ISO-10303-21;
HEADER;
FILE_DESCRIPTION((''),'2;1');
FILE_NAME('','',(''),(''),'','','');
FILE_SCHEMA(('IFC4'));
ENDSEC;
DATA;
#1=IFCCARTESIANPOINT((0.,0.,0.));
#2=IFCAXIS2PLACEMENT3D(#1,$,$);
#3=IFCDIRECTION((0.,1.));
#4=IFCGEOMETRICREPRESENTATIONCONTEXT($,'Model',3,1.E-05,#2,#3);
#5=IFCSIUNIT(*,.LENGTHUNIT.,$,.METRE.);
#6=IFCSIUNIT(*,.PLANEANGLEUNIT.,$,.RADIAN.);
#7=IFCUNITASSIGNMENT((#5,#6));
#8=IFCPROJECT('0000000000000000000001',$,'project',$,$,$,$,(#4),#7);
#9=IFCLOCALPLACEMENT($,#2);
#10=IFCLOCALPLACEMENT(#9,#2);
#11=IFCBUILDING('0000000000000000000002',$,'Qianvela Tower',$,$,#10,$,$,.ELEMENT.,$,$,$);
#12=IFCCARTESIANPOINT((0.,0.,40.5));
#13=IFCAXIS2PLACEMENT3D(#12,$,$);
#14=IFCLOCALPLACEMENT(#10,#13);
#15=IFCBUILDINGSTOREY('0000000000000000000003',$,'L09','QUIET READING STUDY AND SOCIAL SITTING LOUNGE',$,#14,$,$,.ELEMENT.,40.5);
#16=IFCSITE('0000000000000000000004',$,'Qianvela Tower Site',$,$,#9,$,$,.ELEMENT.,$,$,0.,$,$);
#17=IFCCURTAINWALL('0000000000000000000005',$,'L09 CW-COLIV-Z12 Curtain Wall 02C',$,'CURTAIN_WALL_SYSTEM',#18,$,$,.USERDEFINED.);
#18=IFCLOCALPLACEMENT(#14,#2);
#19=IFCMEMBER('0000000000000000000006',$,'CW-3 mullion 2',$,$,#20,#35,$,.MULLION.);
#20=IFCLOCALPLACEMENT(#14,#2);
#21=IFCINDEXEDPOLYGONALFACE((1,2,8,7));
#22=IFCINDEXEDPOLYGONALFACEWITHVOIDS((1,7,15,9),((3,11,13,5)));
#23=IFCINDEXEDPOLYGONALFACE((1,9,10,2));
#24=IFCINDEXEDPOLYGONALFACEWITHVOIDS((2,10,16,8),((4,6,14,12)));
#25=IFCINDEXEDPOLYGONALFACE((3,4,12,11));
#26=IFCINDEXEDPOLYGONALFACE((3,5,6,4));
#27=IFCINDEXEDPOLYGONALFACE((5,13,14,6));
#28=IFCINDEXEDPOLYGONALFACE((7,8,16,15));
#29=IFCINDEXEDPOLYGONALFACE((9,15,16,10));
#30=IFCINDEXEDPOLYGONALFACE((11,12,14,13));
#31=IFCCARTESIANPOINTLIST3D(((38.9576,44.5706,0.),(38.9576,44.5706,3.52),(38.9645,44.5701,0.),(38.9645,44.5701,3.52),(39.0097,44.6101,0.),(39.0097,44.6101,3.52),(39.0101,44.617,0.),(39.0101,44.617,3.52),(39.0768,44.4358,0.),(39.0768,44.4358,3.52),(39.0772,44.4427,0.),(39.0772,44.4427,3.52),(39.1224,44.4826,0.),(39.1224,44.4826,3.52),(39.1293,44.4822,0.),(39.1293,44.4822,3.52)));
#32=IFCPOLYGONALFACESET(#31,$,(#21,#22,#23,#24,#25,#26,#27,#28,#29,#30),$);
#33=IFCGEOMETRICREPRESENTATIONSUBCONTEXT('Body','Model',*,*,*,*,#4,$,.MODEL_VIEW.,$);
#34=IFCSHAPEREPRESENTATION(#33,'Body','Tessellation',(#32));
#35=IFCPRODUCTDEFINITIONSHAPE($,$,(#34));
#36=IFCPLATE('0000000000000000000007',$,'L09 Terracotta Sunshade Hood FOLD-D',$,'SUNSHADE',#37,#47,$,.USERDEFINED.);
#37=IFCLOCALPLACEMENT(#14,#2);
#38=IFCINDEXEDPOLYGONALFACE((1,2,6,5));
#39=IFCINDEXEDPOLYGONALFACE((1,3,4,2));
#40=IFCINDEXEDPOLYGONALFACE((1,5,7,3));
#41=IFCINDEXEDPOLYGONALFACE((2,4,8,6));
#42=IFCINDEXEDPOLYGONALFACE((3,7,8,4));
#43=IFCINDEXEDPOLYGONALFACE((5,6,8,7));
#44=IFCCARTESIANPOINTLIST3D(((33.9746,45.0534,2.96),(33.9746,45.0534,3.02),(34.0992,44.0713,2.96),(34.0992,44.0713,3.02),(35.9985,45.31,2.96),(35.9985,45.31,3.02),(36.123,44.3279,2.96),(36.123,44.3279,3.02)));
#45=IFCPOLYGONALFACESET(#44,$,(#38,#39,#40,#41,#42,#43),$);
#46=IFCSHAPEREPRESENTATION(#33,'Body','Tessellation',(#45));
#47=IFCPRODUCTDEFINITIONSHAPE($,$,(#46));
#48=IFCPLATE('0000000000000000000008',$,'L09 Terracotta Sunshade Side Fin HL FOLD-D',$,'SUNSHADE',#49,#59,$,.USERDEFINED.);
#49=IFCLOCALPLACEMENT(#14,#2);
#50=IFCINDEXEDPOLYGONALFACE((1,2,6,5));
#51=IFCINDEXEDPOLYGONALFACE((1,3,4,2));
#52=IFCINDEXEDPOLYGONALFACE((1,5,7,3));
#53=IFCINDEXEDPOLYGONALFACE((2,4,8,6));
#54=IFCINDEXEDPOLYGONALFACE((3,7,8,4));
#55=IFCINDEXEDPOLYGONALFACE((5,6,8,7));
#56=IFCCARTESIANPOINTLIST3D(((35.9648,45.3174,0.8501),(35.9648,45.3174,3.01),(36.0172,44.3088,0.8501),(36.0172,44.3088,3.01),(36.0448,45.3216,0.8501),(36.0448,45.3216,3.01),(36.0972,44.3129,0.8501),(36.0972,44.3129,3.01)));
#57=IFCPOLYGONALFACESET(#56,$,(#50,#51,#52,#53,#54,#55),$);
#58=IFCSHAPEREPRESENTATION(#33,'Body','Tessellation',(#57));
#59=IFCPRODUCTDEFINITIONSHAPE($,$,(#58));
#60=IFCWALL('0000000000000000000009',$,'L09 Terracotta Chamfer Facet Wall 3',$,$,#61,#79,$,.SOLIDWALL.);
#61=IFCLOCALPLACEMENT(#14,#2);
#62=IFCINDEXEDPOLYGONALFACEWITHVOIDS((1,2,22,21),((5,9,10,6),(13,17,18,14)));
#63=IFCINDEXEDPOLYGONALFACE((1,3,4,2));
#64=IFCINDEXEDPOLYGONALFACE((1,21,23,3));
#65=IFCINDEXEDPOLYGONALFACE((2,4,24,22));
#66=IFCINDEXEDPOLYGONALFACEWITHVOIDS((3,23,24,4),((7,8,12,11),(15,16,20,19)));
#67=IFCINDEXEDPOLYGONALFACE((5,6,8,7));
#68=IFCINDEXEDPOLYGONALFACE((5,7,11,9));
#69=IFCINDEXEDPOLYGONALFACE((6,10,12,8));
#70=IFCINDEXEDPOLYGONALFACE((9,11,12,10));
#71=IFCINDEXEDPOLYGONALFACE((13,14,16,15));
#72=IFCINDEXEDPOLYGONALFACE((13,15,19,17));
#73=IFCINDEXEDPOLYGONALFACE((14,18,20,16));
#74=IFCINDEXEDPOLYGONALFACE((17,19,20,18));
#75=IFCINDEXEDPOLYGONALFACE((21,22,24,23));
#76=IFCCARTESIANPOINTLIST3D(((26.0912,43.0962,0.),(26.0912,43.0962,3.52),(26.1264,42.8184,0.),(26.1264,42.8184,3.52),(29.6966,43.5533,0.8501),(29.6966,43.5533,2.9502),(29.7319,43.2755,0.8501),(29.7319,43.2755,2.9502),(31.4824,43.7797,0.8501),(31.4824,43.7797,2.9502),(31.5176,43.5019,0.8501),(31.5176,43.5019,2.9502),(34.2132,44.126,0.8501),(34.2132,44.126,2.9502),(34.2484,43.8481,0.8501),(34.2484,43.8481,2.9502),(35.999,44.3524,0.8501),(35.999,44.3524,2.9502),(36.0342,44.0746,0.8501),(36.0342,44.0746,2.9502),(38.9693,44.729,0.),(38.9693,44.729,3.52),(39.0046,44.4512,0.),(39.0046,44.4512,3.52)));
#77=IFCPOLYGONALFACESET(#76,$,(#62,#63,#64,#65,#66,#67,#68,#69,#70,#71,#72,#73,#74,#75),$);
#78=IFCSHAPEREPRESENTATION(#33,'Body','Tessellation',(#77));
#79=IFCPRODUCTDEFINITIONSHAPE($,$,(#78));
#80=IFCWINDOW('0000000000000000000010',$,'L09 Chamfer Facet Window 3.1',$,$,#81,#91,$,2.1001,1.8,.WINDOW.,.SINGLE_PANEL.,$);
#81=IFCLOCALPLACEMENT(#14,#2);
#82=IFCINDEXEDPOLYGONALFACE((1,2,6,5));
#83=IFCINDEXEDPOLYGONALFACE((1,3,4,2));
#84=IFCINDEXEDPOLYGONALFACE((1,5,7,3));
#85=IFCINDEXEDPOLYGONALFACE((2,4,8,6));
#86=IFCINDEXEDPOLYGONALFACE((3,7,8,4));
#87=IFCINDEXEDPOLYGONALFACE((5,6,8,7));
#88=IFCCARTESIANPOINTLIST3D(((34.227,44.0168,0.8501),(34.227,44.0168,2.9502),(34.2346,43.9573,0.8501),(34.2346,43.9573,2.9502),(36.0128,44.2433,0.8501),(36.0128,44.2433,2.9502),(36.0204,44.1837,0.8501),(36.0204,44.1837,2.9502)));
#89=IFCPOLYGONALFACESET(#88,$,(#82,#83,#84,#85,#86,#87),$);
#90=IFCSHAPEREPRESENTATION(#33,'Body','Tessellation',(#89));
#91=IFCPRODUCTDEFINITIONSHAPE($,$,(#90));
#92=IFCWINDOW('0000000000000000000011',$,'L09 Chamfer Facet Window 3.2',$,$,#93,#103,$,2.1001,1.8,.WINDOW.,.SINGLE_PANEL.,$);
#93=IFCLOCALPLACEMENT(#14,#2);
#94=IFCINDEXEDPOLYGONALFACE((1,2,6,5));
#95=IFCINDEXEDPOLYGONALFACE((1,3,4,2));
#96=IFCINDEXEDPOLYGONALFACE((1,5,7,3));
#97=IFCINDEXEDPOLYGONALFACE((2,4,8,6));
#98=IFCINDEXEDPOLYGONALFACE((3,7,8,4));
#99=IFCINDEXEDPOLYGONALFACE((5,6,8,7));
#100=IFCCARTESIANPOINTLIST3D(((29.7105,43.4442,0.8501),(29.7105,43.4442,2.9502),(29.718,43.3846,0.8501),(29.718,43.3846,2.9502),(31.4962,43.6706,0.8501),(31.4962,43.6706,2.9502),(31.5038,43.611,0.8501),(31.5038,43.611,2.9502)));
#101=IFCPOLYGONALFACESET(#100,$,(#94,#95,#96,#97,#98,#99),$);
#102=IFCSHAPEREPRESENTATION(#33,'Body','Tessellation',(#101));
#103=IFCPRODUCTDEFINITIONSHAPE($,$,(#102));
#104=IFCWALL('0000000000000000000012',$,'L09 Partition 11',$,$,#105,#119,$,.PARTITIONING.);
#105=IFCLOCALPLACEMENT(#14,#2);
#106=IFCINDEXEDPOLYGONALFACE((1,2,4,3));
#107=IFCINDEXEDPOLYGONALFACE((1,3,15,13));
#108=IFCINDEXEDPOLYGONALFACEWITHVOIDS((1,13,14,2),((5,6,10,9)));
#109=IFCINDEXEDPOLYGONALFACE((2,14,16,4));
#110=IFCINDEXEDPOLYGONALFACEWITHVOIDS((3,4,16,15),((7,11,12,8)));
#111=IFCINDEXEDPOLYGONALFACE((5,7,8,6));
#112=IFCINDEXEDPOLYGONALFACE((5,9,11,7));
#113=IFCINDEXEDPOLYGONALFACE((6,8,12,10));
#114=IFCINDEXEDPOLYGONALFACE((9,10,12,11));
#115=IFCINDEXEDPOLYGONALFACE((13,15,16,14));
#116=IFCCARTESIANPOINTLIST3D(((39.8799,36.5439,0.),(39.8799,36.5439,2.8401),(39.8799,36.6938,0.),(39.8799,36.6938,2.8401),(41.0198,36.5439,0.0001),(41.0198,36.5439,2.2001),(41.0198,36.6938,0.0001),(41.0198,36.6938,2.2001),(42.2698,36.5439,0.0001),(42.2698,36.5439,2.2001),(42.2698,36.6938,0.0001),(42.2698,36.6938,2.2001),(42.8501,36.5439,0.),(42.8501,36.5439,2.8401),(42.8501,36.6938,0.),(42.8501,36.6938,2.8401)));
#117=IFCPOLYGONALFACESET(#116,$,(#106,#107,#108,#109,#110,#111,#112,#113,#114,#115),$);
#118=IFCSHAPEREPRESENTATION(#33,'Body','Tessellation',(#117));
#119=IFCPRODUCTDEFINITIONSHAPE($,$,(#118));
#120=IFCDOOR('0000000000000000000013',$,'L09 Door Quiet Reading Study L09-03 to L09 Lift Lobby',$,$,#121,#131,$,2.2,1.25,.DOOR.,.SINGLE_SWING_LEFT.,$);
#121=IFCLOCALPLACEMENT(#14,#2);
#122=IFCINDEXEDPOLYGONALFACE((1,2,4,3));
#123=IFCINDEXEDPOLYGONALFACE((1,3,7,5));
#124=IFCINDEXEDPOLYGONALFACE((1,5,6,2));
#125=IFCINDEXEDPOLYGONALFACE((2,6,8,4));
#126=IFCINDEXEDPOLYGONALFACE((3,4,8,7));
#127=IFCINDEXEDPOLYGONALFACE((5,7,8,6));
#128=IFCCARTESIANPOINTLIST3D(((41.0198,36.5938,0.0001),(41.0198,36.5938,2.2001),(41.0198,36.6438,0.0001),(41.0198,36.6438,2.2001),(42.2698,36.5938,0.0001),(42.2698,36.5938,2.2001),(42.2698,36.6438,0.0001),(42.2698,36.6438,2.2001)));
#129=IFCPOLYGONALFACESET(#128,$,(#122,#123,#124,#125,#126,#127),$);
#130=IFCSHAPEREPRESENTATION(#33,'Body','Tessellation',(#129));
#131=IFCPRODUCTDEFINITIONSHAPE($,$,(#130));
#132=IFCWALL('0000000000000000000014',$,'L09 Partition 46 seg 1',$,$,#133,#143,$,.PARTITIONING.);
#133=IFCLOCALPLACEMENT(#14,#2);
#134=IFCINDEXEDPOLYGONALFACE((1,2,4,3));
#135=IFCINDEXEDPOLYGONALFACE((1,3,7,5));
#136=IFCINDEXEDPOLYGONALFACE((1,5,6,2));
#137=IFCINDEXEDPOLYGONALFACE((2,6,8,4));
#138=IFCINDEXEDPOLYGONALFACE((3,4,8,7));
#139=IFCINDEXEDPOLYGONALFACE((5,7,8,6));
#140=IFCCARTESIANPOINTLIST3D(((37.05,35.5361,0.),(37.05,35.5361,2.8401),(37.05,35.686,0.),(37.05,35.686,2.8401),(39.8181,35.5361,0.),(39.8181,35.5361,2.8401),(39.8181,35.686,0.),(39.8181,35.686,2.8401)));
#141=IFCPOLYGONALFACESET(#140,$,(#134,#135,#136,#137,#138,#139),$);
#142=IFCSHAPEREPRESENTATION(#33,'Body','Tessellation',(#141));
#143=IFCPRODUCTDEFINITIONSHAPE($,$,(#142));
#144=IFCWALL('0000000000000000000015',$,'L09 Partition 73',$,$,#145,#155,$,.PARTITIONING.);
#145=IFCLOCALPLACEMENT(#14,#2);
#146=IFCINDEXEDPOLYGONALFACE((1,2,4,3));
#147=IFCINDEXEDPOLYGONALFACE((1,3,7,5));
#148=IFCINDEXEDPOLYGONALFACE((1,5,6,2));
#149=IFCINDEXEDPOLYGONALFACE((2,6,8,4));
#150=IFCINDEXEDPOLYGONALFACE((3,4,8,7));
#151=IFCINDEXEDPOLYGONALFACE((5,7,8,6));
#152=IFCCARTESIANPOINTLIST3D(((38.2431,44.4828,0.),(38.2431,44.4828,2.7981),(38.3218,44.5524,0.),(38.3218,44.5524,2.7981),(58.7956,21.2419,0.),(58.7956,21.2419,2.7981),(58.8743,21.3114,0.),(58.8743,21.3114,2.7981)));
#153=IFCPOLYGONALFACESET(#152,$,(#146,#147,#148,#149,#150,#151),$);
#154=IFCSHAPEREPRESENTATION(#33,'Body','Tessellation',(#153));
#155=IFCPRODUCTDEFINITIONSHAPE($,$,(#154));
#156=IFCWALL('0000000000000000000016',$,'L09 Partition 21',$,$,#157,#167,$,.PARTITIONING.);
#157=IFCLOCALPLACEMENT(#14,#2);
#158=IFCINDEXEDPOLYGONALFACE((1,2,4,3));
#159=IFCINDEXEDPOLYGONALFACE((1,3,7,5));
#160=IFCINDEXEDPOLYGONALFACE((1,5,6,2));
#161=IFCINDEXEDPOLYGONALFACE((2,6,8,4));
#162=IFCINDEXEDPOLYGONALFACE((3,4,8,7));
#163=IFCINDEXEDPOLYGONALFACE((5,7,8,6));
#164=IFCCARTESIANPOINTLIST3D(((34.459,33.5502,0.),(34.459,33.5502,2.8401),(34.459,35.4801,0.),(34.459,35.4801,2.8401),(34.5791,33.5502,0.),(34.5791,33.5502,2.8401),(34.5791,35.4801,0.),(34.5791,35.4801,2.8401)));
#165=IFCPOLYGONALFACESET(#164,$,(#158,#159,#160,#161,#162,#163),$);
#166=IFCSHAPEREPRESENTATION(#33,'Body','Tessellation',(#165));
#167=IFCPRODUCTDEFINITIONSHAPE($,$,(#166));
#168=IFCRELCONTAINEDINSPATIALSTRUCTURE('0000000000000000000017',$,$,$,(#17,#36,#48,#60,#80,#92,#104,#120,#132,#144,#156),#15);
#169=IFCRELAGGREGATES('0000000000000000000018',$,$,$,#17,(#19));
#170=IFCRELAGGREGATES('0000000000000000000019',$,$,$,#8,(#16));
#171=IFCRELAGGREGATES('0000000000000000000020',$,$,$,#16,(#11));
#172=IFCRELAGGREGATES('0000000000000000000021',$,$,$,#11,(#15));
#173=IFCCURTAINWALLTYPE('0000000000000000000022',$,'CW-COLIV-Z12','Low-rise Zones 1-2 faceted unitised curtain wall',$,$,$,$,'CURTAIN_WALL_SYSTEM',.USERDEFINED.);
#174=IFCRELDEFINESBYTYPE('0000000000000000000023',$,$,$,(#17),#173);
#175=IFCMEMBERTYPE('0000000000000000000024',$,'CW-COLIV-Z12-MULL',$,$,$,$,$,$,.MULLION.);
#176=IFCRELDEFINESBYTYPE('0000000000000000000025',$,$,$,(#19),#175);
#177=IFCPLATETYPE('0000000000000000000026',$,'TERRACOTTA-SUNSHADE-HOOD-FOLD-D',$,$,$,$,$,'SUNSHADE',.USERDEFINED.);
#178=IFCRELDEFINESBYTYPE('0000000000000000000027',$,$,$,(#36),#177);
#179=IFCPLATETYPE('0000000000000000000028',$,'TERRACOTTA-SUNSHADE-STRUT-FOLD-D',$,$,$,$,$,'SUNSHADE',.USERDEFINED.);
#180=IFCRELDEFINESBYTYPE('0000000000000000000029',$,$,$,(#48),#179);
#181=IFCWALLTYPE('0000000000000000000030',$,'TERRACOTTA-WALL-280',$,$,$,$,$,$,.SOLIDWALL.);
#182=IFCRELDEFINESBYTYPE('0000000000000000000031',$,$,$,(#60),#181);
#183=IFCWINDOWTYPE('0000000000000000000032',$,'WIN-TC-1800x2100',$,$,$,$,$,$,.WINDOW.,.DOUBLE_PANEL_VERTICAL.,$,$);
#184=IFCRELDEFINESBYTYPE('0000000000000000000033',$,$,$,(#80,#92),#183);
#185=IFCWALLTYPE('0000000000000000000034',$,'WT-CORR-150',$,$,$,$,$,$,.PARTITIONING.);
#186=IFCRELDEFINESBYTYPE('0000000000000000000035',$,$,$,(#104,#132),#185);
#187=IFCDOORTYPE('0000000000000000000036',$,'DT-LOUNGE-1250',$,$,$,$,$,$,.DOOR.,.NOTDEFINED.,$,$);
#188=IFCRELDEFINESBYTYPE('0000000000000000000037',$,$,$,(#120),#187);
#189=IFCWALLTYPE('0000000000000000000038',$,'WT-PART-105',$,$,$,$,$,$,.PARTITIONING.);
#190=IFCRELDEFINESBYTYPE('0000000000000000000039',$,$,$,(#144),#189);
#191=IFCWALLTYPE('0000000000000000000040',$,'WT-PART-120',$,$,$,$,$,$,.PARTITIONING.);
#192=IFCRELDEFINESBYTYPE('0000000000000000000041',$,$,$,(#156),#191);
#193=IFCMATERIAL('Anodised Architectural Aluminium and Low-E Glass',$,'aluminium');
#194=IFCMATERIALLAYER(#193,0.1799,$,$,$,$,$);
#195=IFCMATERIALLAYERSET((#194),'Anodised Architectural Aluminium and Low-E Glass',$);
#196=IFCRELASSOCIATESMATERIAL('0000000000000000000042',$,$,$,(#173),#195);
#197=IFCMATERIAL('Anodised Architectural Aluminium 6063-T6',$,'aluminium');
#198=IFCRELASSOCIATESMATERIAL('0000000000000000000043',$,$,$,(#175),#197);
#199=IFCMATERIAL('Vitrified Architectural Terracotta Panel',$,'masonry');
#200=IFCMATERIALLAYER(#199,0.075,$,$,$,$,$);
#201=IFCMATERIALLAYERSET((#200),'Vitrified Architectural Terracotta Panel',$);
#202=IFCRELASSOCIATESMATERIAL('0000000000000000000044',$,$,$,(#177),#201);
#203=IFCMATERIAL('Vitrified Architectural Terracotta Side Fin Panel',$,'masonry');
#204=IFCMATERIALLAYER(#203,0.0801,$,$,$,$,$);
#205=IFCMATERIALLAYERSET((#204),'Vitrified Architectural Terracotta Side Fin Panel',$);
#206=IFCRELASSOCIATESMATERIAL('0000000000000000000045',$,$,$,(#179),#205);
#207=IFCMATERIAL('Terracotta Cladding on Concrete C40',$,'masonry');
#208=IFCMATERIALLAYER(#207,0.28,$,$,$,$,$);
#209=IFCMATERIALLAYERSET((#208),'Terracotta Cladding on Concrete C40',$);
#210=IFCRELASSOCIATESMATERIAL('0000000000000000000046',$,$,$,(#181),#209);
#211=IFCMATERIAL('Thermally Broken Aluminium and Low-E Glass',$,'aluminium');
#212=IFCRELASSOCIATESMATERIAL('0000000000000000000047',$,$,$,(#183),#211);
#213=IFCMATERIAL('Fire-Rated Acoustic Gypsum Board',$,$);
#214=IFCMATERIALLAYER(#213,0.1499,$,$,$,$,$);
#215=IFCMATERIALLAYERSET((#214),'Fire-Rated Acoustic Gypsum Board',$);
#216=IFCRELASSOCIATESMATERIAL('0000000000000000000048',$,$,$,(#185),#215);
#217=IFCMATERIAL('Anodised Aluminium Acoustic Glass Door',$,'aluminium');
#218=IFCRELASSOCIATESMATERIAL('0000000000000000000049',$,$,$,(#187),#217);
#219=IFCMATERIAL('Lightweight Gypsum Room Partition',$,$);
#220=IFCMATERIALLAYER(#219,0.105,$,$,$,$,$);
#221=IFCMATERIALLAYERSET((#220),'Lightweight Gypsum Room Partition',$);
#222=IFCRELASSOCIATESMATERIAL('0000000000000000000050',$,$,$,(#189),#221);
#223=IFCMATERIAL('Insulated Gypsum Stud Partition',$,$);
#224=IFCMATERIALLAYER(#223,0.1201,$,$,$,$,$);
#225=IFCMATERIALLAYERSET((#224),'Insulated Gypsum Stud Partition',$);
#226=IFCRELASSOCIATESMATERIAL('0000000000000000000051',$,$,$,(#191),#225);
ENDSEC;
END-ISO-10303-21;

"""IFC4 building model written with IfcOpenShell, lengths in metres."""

from ifc_helpers import new_model, si_unit, direction, frame, frame_2d, origin, origin_2d, place, context, subcontext, project, spatial, rectangle, hollow_rectangle, extrude, material, layer, layer_set, material_profile, profile_set, type_object, element, fill, aggregate, save


model = new_model("IFC4")

# Units and contexts
model_context = context("Model", 3, precision=1e-05, world=origin(), true_north=direction((0.0, 1.0)))
body_context = subcontext(model_context, "Body", "Model", "MODEL_VIEW")
ifc_project = project(units=[si_unit("LENGTHUNIT", "METRE"), si_unit("PLANEANGLEUNIT", "RADIAN")], contexts=[model_context])

# Site, building, storey
site_placement = place(None, origin())
site = spatial("IfcSite", under=ifc_project, at=site_placement, Name="Qianvela Tower Site", CompositionType="ELEMENT", RefElevation=0.0)
building_placement = place(site_placement, origin())
building = spatial("IfcBuilding", under=site, at=building_placement, Name="Qianvela Tower", CompositionType="ELEMENT")
storey_placement = place(building_placement, frame((0.0, 0.0, 40.5)))
storey = spatial("IfcBuildingStorey", under=building, at=storey_placement, Name="L09", Description="QUIET READING STUDY AND SOCIAL SITTING LOUNGE", CompositionType="ELEMENT", Elevation=40.5)

# Curtain wall, member
ifc_material_1 = material(Name="Anodised Architectural Aluminium and Low-E Glass", Category="aluminium")
ifc_layer_1 = layer(ifc_material_1, 0.1799)
ifc_layer_set_1 = layer_set([ifc_layer_1], Name="Anodised Architectural Aluminium and Low-E Glass")
curtain_wall_type = type_object("IfcCurtainWallType", Name="CW-COLIV-Z12", Description="Low-rise Zones 1-2 faceted unitised curtain wall", ElementType="CURTAIN_WALL_SYSTEM", PredefinedType="USERDEFINED", material=ifc_layer_set_1)
curtain_wall_placement = place(storey_placement, origin())
curtain_wall = element("IfcCurtainWall", 1, at=curtain_wall_placement, inside=storey, type_object=curtain_wall_type, Name="L09 CW-COLIV-Z12 Curtain Wall 02C", ObjectType="CURTAIN_WALL_SYSTEM", PredefinedType="USERDEFINED")
ifc_material_2 = material(Name="Anodised Architectural Aluminium 6063-T6", Category="aluminium")
ifc_material_profile_1 = material_profile(ifc_material_2, hollow_rectangle(XDim=0.0701, YDim=0.1799, WallThickness=0.0049, at=origin_2d()), Name="ALU-MULL-70x180")
ifc_profile_set_1 = profile_set([ifc_material_profile_1], Name="Anodised Architectural Aluminium 6063-T6")
member_type = type_object("IfcMemberType", Name="CW-COLIV-Z12-MULL", PredefinedType="MULLION", material=ifc_profile_set_1)
member_placement = place(storey_placement, frame((39.0435, 44.5264, 0.0), z_axis=(0.0, 0.0, 1.0), x_axis=(-0.749109, -0.662447, 0.0)))
member = element("IfcMember", 2, at=member_placement, type_object=member_type, Name="CW-3 mullion 2", PredefinedType="MULLION", context=body_context, shape_type="SweptSolid", body=[
    extrude(hollow_rectangle(XDim=0.0701, YDim=0.1799, WallThickness=0.0049, at=origin_2d()), origin(), (0.0, 0.0, 1.0), 3.52),
])
aggregate(curtain_wall, [member])

# Plates
ifc_material_3 = material(Name="Vitrified Architectural Terracotta Panel", Category="masonry")
ifc_layer_2 = layer(ifc_material_3, 0.075)
ifc_layer_set_2 = layer_set([ifc_layer_2], Name="Vitrified Architectural Terracotta Panel")
plate_type_1 = type_object("IfcPlateType", Name="TERRACOTTA-SUNSHADE-HOOD-FOLD-D", ElementType="SUNSHADE", PredefinedType="USERDEFINED", material=ifc_layer_set_2)
plate_1_placement = place(storey_placement, frame((35.0488, 44.6907, 2.96), z_axis=(0.0, 0.0, 1.0), x_axis=(-0.992057, -0.125787, 0.0)))
element("IfcPlate", 3, at=plate_1_placement, inside=storey, type_object=plate_type_1, Name="L09 Terracotta Sunshade Hood FOLD-D", ObjectType="SUNSHADE", PredefinedType="USERDEFINED", context=body_context, shape_type="SweptSolid", body=[
    extrude(rectangle(XDim=2.04, YDim=0.99, at=origin_2d()), origin(), (0.0, 0.0, 1.0), 0.0601),
])
ifc_material_4 = material(Name="Vitrified Architectural Terracotta Side Fin Panel", Category="masonry")
ifc_layer_3 = layer(ifc_material_4, 0.0801)
ifc_layer_set_3 = layer_set([ifc_layer_3], Name="Vitrified Architectural Terracotta Side Fin Panel")
plate_type_2 = type_object("IfcPlateType", Name="TERRACOTTA-SUNSHADE-STRUT-FOLD-D", ElementType="SUNSHADE", PredefinedType="USERDEFINED", material=ifc_layer_set_3)
plate_2_placement = place(storey_placement, frame((36.031, 44.8152, 0.8501), z_axis=(0.0, 0.0, 1.0), x_axis=(-0.998651, -0.051921, 0.0)))
element("IfcPlate", 4, at=plate_2_placement, inside=storey, type_object=plate_type_2, Name="L09 Terracotta Sunshade Side Fin HL FOLD-D", ObjectType="SUNSHADE", PredefinedType="USERDEFINED", context=body_context, shape_type="SweptSolid", body=[
    extrude(rectangle(XDim=0.0801, YDim=1.01, at=origin_2d()), origin(), (0.0, 0.0, 1.0), 2.1599),
])

# Wall, openings, windows
ifc_material_5 = material(Name="Terracotta Cladding on Concrete C40", Category="masonry")
ifc_layer_4 = layer(ifc_material_5, 0.28)
ifc_layer_set_4 = layer_set([ifc_layer_4], Name="Terracotta Cladding on Concrete C40")
wall_type_1 = type_object("IfcWallType", Name="TERRACOTTA-WALL-280", PredefinedType="SOLIDWALL", material=ifc_layer_set_4)
wall_1_placement = place(storey_placement, frame((38.9871, 44.5901, 0.0), z_axis=(0.0, 0.0, 1.0), x_axis=(-0.992058, -0.125782, 0.0)))
wall_1 = element("IfcWall", 5, at=wall_1_placement, inside=storey, type_object=wall_type_1, Name="L09 Terracotta Chamfer Facet Wall 3", PredefinedType="SOLIDWALL", context=body_context, shape_type="SweptSolid", body=[
    extrude(rectangle(XDim=12.9812, YDim=0.28, at=frame_2d((6.4907, 0.0))), origin(), (0.0, 0.0, 1.0), 3.52),
])
opening_1_placement = place(wall_1_placement, frame((2.9944, 0.0, 0.8501)))
opening_1 = element("IfcOpeningElement", 6, at=opening_1_placement, cuts=wall_1, PredefinedType="OPENING", context=body_context, shape_type="SweptSolid", body=[
    extrude(rectangle(XDim=1.8, YDim=2.1001, at=frame_2d((0.8999, 1.05))), frame((0.0, 0.1499, 0.0), z_axis=(0.0, -1.0, 0.0), x_axis=(1.0, 0.0, 0.0)), (0.0, 0.0, 1.0), 0.3),
])
opening_2_placement = place(wall_1_placement, frame((7.5471, 0.0, 0.8501)))
opening_2 = element("IfcOpeningElement", 7, at=opening_2_placement, cuts=wall_1, PredefinedType="OPENING", context=body_context, shape_type="SweptSolid", body=[
    extrude(rectangle(XDim=1.8, YDim=2.1001, at=frame_2d((0.8999, 1.05))), frame((0.0, 0.1499, 0.0), z_axis=(0.0, -1.0, 0.0), x_axis=(1.0, 0.0, 0.0)), (0.0, 0.0, 1.0), 0.3),
])
ifc_material_6 = material(Name="Thermally Broken Aluminium and Low-E Glass", Category="aluminium")
window_type = type_object("IfcWindowType", Name="WIN-TC-1800x2100", PartitioningType="DOUBLE_PANEL_VERTICAL", PredefinedType="WINDOW", material=ifc_material_6)
window_1_placement = place(opening_1_placement, origin())
window_1 = element("IfcWindow", 8, at=window_1_placement, inside=storey, type_object=window_type, Name="L09 Chamfer Facet Window 3.1", OverallHeight=2.1001, OverallWidth=1.8, PartitioningType="SINGLE_PANEL", PredefinedType="WINDOW", context=body_context, shape_type="SweptSolid", body=[
    extrude(rectangle(XDim=1.8, YDim=2.1001, at=frame_2d((0.8999, 1.05))), frame((0.0, 0.03, 0.0), z_axis=(0.0, -1.0, 0.0), x_axis=(1.0, 0.0, 0.0)), (0.0, 0.0, 1.0), 0.0601),
])
fill(opening_1, window_1)
window_2_placement = place(opening_2_placement, origin())
window_2 = element("IfcWindow", 9, at=window_2_placement, inside=storey, type_object=window_type, Name="L09 Chamfer Facet Window 3.2", OverallHeight=2.1001, OverallWidth=1.8, PartitioningType="SINGLE_PANEL", PredefinedType="WINDOW", context=body_context, shape_type="SweptSolid", body=[
    extrude(rectangle(XDim=1.8, YDim=2.1001, at=frame_2d((0.8999, 1.05))), frame((0.0, 0.03, 0.0), z_axis=(0.0, -1.0, 0.0), x_axis=(1.0, 0.0, 0.0)), (0.0, 0.0, 1.0), 0.0601),
])
fill(opening_2, window_2)

# Wall, opening, door
ifc_material_7 = material(Name="Fire-Rated Acoustic Gypsum Board")
ifc_layer_5 = layer(ifc_material_7, 0.1499)
ifc_layer_set_5 = layer_set([ifc_layer_5], Name="Fire-Rated Acoustic Gypsum Board")
wall_type_2 = type_object("IfcWallType", Name="WT-CORR-150", PredefinedType="PARTITIONING", material=ifc_layer_set_5)
wall_2_placement = place(storey_placement, frame((39.8799, 36.6189, 0.0), z_axis=(0.0, 0.0, 1.0), x_axis=(1.0, 0.0, 0.0)))
wall_2 = element("IfcWall", 10, at=wall_2_placement, inside=storey, type_object=wall_type_2, Name="L09 Partition 11", PredefinedType="PARTITIONING", context=body_context, shape_type="SweptSolid", body=[
    extrude(rectangle(XDim=2.9702, YDim=0.1499, at=frame_2d((1.4851, 0.0))), origin(), (0.0, 0.0, 1.0), 2.8401),
])
opening_3_placement = place(wall_2_placement, frame((1.1399, 0.0, 0.0)))
opening_3 = element("IfcOpeningElement", 11, at=opening_3_placement, cuts=wall_2, PredefinedType="OPENING", context=body_context, shape_type="SweptSolid", body=[
    extrude(rectangle(XDim=1.25, YDim=2.2, at=frame_2d((0.625, 1.1001))), frame((0.0, 0.085, 0.0), z_axis=(0.0, -1.0, 0.0), x_axis=(1.0, 0.0, 0.0)), (0.0, 0.0, 1.0), 0.1699),
])
ifc_material_8 = material(Name="Anodised Aluminium Acoustic Glass Door", Category="aluminium")
door_type_1 = type_object("IfcDoorType", Name="DT-LOUNGE-1250", OperationType="NOTDEFINED", PredefinedType="DOOR", material=ifc_material_8)
door_1_placement = place(opening_3_placement, origin())
door_1 = element("IfcDoor", 12, at=door_1_placement, inside=storey, type_object=door_type_1, Name="L09 Door Quiet Reading Study L09-03 to L09 Lift Lobby", OperationType="SINGLE_SWING_LEFT", OverallHeight=2.2, OverallWidth=1.25, PredefinedType="DOOR", context=body_context, shape_type="SweptSolid", body=[
    extrude(rectangle(XDim=1.25, YDim=2.2, at=frame_2d((0.625, 1.1001))), frame((0.0, 0.0249, 0.0), z_axis=(0.0, -1.0, 0.0), x_axis=(1.0, 0.0, 0.0)), (0.0, 0.0, 1.0), 0.05),
])
fill(opening_3, door_1)

# Walls
wall_3_placement = place(storey_placement, frame((39.8181, 35.6111, 0.0), z_axis=(0.0, 0.0, 1.0), x_axis=(-1.0, 0.0, 0.0)))
element("IfcWall", 13, at=wall_3_placement, inside=storey, type_object=wall_type_2, Name="L09 Partition 46 seg 1", PredefinedType="PARTITIONING", context=body_context, shape_type="SweptSolid", body=[
    extrude(rectangle(XDim=2.7681, YDim=0.1499, at=frame_2d((1.384, 0.0))), origin(), (0.0, 0.0, 1.0), 2.8401),
])
ifc_material_9 = material(Name="Lightweight Gypsum Room Partition")
ifc_layer_6 = layer(ifc_material_9, 0.105)
ifc_layer_set_6 = layer_set([ifc_layer_6], Name="Lightweight Gypsum Room Partition")
wall_type_3 = type_object("IfcWallType", Name="WT-PART-105", PredefinedType="PARTITIONING", material=ifc_layer_set_6)
wall_4_placement = place(storey_placement, frame((38.2825, 44.5176, 0.0), z_axis=(0.0, 0.0, 1.0), x_axis=(0.66245, -0.749106, 0.0)))
element("IfcWall", 14, at=wall_4_placement, inside=storey, type_object=wall_type_3, Name="L09 Partition 73", PredefinedType="PARTITIONING", context=body_context, shape_type="SweptSolid", body=[
    extrude(rectangle(XDim=31.0249, YDim=0.105, at=frame_2d((15.5125, 0.0))), origin(), (0.0, 0.0, 1.0), 2.7981),
])
ifc_material_10 = material(Name="Insulated Gypsum Stud Partition")
ifc_layer_7 = layer(ifc_material_10, 0.1201)
ifc_layer_set_7 = layer_set([ifc_layer_7], Name="Insulated Gypsum Stud Partition")
wall_type_4 = type_object("IfcWallType", Name="WT-PART-120", PredefinedType="PARTITIONING", material=ifc_layer_set_7)
wall_5_placement = place(storey_placement, frame((34.519, 35.48, 0.0), z_axis=(0.0, 0.0, 1.0), x_axis=(0.0, -1.0, 0.0)))
element("IfcWall", 15, at=wall_5_placement, inside=storey, type_object=wall_type_4, Name="L09 Partition 21", PredefinedType="PARTITIONING", context=body_context, shape_type="SweptSolid", body=[
    extrude(rectangle(XDim=1.9299, YDim=0.1201, at=frame_2d((0.9648, 0.0))), origin(), (0.0, 0.0, 1.0), 2.8401),
])

save(model, "model.ifc")
